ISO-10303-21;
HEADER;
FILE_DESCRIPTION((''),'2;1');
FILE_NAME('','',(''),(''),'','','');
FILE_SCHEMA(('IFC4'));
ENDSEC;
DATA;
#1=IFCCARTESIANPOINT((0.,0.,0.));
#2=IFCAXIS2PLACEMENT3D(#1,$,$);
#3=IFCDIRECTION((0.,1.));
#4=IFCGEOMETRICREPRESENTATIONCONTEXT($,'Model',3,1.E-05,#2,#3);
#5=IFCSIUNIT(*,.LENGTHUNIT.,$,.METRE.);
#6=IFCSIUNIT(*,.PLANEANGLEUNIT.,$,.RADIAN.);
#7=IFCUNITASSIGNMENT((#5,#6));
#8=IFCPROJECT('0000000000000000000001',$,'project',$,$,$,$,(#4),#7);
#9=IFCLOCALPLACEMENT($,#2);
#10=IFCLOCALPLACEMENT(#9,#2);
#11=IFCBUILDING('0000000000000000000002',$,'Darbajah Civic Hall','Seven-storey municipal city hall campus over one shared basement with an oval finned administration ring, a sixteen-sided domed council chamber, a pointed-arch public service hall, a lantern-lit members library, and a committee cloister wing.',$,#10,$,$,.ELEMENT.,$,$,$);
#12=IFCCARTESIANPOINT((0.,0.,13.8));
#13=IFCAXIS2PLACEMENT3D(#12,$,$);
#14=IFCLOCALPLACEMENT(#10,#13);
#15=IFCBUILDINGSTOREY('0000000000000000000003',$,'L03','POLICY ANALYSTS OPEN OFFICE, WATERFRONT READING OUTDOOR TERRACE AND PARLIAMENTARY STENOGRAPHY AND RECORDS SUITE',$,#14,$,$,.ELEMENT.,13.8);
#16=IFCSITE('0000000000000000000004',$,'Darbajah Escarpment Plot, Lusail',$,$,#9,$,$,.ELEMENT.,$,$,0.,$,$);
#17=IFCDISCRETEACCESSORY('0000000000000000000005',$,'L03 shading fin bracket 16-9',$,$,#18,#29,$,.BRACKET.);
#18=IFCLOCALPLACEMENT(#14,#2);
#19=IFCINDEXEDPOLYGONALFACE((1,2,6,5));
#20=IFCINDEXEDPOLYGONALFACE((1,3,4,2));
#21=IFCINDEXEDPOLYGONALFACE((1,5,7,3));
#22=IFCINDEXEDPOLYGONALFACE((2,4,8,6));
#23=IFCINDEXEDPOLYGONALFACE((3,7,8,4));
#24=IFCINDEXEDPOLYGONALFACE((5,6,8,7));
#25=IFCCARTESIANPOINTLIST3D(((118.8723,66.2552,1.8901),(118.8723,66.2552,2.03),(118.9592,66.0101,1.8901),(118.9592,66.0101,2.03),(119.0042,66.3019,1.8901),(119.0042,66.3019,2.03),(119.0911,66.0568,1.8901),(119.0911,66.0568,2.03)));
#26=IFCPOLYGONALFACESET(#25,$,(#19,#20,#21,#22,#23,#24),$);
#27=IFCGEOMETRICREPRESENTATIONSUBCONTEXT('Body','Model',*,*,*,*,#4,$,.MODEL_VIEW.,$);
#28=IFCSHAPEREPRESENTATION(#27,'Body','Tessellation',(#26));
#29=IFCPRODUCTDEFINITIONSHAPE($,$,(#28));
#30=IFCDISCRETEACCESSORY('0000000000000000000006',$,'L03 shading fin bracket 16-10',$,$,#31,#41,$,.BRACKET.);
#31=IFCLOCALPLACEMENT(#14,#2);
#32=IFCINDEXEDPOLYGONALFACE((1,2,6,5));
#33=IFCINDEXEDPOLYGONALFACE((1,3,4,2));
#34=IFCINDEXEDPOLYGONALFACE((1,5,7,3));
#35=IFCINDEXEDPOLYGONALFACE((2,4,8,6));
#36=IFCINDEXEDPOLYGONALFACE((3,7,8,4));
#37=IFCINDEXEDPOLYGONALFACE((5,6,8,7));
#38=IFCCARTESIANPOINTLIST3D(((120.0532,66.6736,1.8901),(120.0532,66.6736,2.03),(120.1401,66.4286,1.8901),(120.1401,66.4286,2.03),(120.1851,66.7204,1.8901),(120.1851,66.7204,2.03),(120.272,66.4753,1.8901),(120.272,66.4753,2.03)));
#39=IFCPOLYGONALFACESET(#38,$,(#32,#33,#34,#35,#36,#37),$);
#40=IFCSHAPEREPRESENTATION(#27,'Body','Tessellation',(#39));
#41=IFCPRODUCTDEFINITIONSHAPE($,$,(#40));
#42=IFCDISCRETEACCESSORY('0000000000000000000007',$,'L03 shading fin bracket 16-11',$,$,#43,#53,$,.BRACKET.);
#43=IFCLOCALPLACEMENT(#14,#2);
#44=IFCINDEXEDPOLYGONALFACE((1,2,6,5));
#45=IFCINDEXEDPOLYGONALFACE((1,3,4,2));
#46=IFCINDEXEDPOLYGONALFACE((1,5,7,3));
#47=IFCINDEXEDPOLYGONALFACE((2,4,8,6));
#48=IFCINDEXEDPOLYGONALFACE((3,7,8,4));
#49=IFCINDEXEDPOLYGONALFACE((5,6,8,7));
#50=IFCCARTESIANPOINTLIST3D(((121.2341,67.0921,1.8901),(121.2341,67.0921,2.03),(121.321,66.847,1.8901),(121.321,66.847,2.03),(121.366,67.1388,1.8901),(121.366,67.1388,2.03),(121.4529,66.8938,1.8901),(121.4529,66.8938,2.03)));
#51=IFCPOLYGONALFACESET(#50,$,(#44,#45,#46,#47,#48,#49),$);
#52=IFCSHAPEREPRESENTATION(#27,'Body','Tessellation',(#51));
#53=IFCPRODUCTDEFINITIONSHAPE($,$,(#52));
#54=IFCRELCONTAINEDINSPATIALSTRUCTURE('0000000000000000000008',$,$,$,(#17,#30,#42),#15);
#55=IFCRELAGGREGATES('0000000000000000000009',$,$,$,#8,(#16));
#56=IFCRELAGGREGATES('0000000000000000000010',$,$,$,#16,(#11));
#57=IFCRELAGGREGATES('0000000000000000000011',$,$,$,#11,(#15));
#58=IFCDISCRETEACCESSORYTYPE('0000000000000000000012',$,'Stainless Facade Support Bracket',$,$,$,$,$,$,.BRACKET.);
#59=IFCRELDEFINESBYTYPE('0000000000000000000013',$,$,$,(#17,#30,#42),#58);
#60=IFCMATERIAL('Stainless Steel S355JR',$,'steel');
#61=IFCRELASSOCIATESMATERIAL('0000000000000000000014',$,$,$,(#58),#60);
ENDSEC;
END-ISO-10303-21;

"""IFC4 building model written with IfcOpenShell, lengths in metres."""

from ifc_helpers import new_model, si_unit, direction, frame, origin, origin_2d, place, context, subcontext, project, spatial, rectangle, extrude, material, type_object, element, save


model = new_model("IFC4")

# Units and contexts
model_context = context("Model", 3, precision=1e-05, world=origin(), true_north=direction((0.0, 1.0)))
body_context = subcontext(model_context, "Body", "Model", "MODEL_VIEW")
ifc_project = project(units=[si_unit("LENGTHUNIT", "METRE"), si_unit("PLANEANGLEUNIT", "RADIAN")], contexts=[model_context])

# Site, building, storey
site_placement = place(None, origin())
site = spatial("IfcSite", under=ifc_project, at=site_placement, Name="Darbajah Escarpment Plot, Lusail", CompositionType="ELEMENT", RefElevation=0.0)
building_placement = place(site_placement, origin())
building = spatial("IfcBuilding", under=site, at=building_placement, Name="Darbajah Civic Hall", Description="Seven-storey municipal city hall campus over one shared basement with an oval finned administration ring, a sixteen-sided domed council chamber, a pointed-arch public service hall, a lantern-lit members library, and a committee cloister wing.", CompositionType="ELEMENT")
storey_placement = place(building_placement, frame((0.0, 0.0, 13.8)))
storey = spatial("IfcBuildingStorey", under=building, at=storey_placement, Name="L03", Description="POLICY ANALYSTS OPEN OFFICE, WATERFRONT READING OUTDOOR TERRACE AND PARLIAMENTARY STENOGRAPHY AND RECORDS SUITE", CompositionType="ELEMENT", Elevation=13.8)

# Discrete accessories
ifc_material_1 = material(Name="Stainless Steel S355JR", Category="steel")
discrete_accessory_type = type_object("IfcDiscreteAccessoryType", Name="Stainless Facade Support Bracket", PredefinedType="BRACKET", material=ifc_material_1)
for number, where, z_axis, x_axis, name in (
    (1, (118.9817, 66.156, 1.8901), (0.0, 0.0, 1.0), (0.334136, -0.942525, 0.0), "L03 shading fin bracket 16-9"),
    (2, (120.1626, 66.5745, 1.8901), (0.0, 0.0, 1.0), (0.334136, -0.942525, 0.0), "L03 shading fin bracket 16-10"),
    (3, (121.3435, 66.9929, 1.8901), (0.0, 0.0, 1.0), (0.334136, -0.942525, 0.0), "L03 shading fin bracket 16-11"),
):
    element("IfcDiscreteAccessory", number, at=place(storey_placement, frame(where, z_axis=z_axis, x_axis=x_axis)), inside=storey, type_object=discrete_accessory_type, Name=name, PredefinedType="BRACKET", context=body_context, shape_type="SweptSolid", body=[
        extrude(rectangle(XDim=0.26, YDim=0.1399, at=origin_2d()), origin(), (0.0, 0.0, 1.0), 0.1399),
    ])

save(model, "model.ifc")
